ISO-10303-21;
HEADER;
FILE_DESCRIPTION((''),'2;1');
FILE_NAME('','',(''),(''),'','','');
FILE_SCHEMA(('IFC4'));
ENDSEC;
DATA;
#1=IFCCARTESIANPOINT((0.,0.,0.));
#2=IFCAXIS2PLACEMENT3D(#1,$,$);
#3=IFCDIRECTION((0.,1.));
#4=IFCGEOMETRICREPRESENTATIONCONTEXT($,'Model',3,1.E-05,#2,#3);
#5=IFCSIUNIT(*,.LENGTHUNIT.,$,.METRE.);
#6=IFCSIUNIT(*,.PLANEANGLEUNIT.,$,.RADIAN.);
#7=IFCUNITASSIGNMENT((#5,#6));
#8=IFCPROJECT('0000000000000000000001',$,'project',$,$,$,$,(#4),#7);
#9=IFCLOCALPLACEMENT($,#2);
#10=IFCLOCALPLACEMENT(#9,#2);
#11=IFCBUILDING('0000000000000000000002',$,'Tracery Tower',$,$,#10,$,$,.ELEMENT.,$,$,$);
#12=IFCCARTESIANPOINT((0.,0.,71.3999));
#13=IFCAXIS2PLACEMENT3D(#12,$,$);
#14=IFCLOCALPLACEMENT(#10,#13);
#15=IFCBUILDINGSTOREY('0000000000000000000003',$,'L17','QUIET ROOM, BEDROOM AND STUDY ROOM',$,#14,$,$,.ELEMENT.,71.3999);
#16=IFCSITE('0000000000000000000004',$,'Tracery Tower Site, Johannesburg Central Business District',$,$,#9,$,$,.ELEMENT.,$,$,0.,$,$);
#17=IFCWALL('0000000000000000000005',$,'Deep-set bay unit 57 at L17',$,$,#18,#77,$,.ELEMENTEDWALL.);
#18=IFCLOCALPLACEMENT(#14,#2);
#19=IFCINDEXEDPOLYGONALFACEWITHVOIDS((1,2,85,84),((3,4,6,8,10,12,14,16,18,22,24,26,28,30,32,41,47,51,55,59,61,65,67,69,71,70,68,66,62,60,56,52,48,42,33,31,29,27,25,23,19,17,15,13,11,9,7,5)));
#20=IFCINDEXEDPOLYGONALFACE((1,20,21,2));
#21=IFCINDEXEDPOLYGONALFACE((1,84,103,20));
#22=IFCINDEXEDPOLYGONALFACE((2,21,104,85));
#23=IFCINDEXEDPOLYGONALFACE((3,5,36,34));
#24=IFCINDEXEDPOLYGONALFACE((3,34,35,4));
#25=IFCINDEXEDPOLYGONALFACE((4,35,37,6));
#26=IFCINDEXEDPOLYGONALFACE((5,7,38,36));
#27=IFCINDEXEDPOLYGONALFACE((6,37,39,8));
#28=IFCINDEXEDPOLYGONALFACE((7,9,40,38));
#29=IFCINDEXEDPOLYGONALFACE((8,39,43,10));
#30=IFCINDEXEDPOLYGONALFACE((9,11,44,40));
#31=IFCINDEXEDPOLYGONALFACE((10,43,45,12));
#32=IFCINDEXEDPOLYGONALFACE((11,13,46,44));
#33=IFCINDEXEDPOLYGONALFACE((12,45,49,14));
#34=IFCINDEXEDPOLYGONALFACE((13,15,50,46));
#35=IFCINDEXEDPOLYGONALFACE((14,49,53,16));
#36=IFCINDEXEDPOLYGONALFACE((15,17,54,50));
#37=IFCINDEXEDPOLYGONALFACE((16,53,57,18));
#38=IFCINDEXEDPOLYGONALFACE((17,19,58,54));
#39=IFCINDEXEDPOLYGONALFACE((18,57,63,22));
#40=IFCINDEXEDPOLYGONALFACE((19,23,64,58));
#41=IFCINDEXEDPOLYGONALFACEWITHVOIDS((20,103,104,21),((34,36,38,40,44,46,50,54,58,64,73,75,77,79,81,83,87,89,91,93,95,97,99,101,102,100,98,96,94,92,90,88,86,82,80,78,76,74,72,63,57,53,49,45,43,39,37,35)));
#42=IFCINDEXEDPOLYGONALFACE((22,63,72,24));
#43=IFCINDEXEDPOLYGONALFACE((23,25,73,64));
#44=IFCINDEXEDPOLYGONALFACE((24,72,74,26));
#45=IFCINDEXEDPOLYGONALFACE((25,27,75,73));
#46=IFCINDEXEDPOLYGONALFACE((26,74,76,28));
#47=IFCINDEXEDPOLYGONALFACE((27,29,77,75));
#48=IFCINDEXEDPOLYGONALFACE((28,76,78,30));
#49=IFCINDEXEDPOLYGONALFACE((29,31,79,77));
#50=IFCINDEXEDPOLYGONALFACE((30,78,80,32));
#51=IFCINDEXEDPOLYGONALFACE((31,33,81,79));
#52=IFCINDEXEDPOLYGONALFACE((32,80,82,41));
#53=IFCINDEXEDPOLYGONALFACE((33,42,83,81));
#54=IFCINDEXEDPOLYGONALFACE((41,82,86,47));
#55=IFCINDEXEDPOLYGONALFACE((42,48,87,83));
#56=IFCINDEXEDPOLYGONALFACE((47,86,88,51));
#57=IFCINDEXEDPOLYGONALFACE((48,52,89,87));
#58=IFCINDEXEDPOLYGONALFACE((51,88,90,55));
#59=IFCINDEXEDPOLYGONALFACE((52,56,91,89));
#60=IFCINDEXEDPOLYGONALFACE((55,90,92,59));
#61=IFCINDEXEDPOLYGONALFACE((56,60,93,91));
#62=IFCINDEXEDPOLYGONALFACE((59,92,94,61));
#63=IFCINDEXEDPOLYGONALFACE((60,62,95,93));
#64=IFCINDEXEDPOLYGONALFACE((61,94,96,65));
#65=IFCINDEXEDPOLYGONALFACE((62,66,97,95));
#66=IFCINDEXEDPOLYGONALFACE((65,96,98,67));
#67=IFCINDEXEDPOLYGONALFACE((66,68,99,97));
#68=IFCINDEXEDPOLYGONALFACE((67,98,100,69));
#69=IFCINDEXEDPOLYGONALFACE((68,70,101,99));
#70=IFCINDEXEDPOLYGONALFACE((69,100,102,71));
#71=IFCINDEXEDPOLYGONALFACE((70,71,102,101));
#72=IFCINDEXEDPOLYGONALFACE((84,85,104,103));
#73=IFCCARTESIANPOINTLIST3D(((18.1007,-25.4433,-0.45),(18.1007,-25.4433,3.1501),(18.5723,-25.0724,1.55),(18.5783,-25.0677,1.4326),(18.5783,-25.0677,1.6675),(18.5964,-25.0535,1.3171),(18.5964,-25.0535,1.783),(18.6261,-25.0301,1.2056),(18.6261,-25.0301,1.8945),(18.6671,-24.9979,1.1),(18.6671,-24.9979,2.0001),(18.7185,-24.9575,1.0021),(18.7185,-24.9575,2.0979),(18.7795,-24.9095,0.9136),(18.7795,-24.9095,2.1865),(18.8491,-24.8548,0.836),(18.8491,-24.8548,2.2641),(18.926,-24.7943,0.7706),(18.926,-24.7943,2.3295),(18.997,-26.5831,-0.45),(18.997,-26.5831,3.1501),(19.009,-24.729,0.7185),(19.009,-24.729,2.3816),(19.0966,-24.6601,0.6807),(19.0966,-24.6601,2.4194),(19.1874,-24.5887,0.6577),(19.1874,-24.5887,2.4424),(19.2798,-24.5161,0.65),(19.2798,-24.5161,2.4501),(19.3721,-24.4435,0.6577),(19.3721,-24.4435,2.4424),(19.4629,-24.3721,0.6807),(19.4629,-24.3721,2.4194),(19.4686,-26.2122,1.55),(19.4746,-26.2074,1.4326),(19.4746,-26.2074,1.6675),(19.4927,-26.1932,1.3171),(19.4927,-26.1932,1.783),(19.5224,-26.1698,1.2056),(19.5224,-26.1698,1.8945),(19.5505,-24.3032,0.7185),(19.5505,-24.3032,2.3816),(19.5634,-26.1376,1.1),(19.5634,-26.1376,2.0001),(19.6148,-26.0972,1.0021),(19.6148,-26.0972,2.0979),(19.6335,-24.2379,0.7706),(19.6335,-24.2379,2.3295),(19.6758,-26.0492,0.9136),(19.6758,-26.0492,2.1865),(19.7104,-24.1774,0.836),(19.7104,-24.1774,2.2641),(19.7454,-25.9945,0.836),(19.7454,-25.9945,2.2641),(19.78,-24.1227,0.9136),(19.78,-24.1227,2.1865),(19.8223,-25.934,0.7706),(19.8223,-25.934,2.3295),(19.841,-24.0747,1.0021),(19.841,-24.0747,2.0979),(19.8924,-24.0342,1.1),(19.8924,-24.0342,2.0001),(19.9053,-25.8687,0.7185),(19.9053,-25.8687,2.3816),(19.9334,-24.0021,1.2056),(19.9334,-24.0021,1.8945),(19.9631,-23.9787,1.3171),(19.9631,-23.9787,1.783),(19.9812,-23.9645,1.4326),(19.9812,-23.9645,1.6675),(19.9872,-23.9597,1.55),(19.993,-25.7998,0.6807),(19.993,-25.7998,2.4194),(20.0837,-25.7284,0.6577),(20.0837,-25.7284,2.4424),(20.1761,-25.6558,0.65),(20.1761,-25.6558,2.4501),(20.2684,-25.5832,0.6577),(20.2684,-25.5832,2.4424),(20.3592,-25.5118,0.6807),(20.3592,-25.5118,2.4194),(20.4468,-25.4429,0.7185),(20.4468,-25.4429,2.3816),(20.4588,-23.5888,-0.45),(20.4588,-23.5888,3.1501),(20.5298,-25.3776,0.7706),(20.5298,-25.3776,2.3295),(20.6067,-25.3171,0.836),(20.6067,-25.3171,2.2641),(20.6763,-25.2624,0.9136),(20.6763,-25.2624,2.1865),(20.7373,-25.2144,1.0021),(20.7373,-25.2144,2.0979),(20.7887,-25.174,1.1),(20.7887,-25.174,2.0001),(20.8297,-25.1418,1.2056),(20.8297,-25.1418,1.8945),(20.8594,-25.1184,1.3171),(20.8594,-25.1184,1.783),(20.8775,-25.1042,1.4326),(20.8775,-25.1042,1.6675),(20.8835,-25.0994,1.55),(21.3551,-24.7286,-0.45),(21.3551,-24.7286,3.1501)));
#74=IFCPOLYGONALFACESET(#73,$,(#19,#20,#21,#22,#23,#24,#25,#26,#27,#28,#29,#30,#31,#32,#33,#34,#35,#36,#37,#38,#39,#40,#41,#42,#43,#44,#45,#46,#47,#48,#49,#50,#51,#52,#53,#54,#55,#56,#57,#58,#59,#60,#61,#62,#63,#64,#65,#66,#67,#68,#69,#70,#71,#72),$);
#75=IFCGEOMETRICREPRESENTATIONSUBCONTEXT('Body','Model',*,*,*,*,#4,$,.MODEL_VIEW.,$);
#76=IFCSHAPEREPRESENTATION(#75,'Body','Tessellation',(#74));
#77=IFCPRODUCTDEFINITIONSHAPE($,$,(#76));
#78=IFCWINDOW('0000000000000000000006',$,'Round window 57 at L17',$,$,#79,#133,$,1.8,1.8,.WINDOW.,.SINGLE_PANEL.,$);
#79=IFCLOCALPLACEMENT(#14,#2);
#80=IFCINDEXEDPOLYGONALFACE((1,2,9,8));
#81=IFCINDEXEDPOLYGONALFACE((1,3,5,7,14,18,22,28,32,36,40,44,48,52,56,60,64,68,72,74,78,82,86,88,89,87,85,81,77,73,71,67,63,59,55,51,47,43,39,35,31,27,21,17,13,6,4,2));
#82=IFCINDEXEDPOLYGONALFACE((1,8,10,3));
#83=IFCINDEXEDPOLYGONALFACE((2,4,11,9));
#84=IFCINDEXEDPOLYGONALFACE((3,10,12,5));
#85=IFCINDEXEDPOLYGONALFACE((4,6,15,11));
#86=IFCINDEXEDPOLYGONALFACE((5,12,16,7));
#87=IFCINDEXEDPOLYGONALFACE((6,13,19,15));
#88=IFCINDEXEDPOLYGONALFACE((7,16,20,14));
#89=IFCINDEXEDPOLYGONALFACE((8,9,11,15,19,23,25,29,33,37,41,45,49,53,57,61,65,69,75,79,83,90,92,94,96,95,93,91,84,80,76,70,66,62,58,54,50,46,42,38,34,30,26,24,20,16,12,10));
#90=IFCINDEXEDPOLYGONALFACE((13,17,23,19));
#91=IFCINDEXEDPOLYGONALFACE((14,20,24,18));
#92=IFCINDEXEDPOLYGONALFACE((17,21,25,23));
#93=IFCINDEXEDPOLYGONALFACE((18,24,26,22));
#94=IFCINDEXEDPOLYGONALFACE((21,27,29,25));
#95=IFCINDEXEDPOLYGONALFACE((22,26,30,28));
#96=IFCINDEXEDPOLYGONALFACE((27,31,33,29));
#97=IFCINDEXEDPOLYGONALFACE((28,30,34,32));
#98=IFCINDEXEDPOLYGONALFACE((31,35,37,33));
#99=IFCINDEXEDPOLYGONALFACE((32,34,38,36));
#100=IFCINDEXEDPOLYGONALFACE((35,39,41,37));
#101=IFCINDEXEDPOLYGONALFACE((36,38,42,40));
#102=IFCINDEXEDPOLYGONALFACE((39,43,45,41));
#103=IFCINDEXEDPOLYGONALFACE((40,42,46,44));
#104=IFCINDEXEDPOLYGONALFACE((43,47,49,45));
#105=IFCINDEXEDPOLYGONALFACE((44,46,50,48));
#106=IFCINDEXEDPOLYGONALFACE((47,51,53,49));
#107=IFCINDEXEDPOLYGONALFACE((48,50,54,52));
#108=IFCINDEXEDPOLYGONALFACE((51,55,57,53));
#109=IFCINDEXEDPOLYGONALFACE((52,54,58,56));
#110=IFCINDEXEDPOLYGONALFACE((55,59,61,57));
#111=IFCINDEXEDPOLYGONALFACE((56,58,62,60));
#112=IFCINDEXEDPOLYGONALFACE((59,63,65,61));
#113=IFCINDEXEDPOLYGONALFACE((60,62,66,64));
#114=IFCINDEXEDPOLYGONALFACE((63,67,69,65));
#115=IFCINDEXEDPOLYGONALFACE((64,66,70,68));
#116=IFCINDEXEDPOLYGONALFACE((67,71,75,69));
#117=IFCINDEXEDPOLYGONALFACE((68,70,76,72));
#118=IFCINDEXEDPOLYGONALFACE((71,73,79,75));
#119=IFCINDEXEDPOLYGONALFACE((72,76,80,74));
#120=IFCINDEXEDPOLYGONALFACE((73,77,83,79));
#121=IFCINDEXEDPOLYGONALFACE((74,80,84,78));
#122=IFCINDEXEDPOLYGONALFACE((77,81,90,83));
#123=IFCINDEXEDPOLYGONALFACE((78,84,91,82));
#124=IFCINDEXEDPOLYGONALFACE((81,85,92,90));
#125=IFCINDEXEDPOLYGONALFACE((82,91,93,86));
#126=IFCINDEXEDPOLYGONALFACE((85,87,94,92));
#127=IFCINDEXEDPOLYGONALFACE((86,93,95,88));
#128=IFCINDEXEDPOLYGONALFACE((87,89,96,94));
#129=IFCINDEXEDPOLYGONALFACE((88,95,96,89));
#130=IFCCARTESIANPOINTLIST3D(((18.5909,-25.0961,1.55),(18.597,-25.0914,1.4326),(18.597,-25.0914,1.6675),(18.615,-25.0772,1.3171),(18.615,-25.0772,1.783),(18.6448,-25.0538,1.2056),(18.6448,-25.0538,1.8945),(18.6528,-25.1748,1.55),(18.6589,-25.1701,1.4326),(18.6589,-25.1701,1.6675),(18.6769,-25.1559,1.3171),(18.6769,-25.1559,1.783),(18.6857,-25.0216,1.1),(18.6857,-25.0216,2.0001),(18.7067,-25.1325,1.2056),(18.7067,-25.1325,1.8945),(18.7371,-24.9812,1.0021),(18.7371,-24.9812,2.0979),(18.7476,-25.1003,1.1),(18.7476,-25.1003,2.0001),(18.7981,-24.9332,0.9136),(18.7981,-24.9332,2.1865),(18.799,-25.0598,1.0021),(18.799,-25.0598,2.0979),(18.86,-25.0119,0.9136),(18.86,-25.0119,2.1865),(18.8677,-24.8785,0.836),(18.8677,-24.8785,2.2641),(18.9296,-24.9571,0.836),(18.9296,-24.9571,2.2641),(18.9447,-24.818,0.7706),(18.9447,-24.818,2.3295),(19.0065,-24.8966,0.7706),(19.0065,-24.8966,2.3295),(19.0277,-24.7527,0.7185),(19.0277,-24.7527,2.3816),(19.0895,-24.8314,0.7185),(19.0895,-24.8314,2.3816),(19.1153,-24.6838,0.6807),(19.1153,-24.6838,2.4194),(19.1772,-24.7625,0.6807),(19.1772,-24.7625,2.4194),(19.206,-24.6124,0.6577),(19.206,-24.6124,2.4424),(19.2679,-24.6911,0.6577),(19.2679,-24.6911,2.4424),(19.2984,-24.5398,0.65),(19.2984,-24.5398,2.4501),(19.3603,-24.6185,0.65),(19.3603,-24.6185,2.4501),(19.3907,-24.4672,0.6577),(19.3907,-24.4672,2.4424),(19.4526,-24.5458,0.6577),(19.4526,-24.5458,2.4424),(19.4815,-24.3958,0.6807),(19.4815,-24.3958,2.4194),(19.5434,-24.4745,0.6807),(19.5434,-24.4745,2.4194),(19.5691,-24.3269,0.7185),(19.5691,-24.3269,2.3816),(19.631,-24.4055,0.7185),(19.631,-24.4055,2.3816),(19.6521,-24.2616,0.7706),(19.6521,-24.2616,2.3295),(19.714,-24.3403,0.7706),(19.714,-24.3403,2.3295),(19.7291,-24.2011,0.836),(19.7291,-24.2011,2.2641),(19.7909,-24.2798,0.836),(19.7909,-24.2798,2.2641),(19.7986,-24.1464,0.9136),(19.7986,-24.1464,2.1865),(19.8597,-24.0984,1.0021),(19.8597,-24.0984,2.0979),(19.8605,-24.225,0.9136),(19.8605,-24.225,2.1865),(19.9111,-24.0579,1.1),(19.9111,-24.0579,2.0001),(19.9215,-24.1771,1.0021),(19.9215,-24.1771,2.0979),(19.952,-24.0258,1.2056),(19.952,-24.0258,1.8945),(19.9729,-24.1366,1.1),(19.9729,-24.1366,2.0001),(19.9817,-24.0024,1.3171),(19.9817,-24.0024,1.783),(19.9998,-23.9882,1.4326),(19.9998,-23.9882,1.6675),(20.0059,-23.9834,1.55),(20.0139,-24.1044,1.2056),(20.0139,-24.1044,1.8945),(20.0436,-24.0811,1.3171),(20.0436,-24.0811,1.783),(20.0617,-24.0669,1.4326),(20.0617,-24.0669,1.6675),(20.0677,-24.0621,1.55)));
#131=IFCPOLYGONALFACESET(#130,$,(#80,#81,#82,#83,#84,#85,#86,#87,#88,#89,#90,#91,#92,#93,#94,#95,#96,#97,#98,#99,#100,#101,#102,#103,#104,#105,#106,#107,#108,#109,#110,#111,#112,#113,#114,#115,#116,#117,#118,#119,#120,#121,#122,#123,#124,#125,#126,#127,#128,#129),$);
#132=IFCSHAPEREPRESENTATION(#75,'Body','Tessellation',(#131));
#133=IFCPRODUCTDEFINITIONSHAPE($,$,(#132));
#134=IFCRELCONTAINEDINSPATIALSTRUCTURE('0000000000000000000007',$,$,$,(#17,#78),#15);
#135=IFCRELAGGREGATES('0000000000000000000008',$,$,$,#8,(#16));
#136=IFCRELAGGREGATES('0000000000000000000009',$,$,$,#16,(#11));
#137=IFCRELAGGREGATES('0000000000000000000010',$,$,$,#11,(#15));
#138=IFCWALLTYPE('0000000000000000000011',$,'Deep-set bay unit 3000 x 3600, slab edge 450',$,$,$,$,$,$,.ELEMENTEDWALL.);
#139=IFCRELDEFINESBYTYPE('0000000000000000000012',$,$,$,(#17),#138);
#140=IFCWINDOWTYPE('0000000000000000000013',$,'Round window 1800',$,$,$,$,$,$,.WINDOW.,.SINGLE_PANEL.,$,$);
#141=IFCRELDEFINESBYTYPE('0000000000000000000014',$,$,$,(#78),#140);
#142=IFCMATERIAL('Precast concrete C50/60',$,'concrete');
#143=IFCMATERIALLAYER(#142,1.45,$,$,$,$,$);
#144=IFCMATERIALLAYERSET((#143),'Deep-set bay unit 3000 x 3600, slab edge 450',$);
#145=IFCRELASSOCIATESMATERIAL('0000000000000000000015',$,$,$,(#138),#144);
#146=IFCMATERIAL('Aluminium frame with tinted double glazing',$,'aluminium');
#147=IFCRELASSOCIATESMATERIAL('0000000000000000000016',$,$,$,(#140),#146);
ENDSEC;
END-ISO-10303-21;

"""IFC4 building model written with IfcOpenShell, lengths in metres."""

from ifc_helpers import new_model, si_unit, direction, frame, frame_2d, origin, origin_2d, place, context, subcontext, project, spatial, rectangle, circle, extrude, material, layer, layer_set, type_object, element, fill, save


model = new_model("IFC4")

# Units and contexts
model_context = context("Model", 3, precision=1e-05, world=origin(), true_north=direction((0.0, 1.0)))
body_context = subcontext(model_context, "Body", "Model", "MODEL_VIEW")
ifc_project = project(units=[si_unit("LENGTHUNIT", "METRE"), si_unit("PLANEANGLEUNIT", "RADIAN")], contexts=[model_context])

# Site, building, storey
site_placement = place(None, origin())
site = spatial("IfcSite", under=ifc_project, at=site_placement, Name="Tracery Tower Site, Johannesburg Central Business District", CompositionType="ELEMENT", RefElevation=0.0)
building_placement = place(site_placement, origin())
building = spatial("IfcBuilding", under=site, at=building_placement, Name="Tracery Tower", CompositionType="ELEMENT")
storey_placement = place(building_placement, frame((0.0, 0.0, 71.3999)))
storey = spatial("IfcBuildingStorey", under=building, at=storey_placement, Name="L17", Description="QUIET ROOM, BEDROOM AND STUDY ROOM", CompositionType="ELEMENT", Elevation=71.3999)

# Wall, opening, window
ifc_material_1 = material(Name="Precast concrete C50/60", Category="concrete")
ifc_layer_1 = layer(ifc_material_1, 1.45)
ifc_layer_set_1 = layer_set([ifc_layer_1], Name="Deep-set bay unit 3000 x 3600, slab edge 450")
wall_type_1 = type_object("IfcWallType", Name="Deep-set bay unit 3000 x 3600, slab edge 450", PredefinedType="ELEMENTEDWALL", material=ifc_layer_set_1)
wall_1_placement = place(storey_placement, frame((18.5488, -26.0132, -0.45), z_axis=(0.0, 0.0, 1.0), x_axis=(0.78605, 0.618163, 0.0)))
wall_1 = element("IfcWall", 1, at=wall_1_placement, inside=storey, type_object=wall_type_1, Name="Deep-set bay unit 57 at L17", PredefinedType="ELEMENTEDWALL", context=body_context, shape_type="SweptSolid", body=[
    extrude(rectangle(XDim=3.0, YDim=1.45, at=frame_2d((1.5, 0.0))), origin(), (0.0, 0.0, 1.0), 3.6001),
])
opening_1_placement = place(wall_1_placement, frame((1.5, 0.0, 2.0)))
opening_1 = element("IfcOpeningElement", 2, at=opening_1_placement, cuts=wall_1, PredefinedType="OPENING", context=body_context, shape_type="SweptSolid", body=[
    extrude(circle(Radius=0.9, at=origin_2d()), frame((0.0, 0.7349, 0.0), z_axis=(0.0, -1.0, 0.0), x_axis=(1.0, 0.0, 0.0)), (0.0, 0.0, 1.0), 1.47),
])
ifc_material_2 = material(Name="Aluminium frame with tinted double glazing", Category="aluminium")
window_type = type_object("IfcWindowType", Name="Round window 1800", PartitioningType="SINGLE_PANEL", PredefinedType="WINDOW", material=ifc_material_2)
window_1_placement = place(opening_1_placement, origin())
window_1 = element("IfcWindow", 3, at=window_1_placement, inside=storey, type_object=window_type, Name="Round window 57 at L17", OverallHeight=1.8, OverallWidth=1.8, PartitioningType="SINGLE_PANEL", PredefinedType="WINDOW", context=body_context, shape_type="SweptSolid", body=[
    extrude(circle(Radius=0.9, at=origin_2d()), frame((0.0, 0.6948, 0.0), z_axis=(0.0, -1.0, 0.0), x_axis=(1.0, 0.0, 0.0)), (0.0, 0.0, 1.0), 0.1001),
])
fill(opening_1, window_1)

save(model, "model.ifc")
